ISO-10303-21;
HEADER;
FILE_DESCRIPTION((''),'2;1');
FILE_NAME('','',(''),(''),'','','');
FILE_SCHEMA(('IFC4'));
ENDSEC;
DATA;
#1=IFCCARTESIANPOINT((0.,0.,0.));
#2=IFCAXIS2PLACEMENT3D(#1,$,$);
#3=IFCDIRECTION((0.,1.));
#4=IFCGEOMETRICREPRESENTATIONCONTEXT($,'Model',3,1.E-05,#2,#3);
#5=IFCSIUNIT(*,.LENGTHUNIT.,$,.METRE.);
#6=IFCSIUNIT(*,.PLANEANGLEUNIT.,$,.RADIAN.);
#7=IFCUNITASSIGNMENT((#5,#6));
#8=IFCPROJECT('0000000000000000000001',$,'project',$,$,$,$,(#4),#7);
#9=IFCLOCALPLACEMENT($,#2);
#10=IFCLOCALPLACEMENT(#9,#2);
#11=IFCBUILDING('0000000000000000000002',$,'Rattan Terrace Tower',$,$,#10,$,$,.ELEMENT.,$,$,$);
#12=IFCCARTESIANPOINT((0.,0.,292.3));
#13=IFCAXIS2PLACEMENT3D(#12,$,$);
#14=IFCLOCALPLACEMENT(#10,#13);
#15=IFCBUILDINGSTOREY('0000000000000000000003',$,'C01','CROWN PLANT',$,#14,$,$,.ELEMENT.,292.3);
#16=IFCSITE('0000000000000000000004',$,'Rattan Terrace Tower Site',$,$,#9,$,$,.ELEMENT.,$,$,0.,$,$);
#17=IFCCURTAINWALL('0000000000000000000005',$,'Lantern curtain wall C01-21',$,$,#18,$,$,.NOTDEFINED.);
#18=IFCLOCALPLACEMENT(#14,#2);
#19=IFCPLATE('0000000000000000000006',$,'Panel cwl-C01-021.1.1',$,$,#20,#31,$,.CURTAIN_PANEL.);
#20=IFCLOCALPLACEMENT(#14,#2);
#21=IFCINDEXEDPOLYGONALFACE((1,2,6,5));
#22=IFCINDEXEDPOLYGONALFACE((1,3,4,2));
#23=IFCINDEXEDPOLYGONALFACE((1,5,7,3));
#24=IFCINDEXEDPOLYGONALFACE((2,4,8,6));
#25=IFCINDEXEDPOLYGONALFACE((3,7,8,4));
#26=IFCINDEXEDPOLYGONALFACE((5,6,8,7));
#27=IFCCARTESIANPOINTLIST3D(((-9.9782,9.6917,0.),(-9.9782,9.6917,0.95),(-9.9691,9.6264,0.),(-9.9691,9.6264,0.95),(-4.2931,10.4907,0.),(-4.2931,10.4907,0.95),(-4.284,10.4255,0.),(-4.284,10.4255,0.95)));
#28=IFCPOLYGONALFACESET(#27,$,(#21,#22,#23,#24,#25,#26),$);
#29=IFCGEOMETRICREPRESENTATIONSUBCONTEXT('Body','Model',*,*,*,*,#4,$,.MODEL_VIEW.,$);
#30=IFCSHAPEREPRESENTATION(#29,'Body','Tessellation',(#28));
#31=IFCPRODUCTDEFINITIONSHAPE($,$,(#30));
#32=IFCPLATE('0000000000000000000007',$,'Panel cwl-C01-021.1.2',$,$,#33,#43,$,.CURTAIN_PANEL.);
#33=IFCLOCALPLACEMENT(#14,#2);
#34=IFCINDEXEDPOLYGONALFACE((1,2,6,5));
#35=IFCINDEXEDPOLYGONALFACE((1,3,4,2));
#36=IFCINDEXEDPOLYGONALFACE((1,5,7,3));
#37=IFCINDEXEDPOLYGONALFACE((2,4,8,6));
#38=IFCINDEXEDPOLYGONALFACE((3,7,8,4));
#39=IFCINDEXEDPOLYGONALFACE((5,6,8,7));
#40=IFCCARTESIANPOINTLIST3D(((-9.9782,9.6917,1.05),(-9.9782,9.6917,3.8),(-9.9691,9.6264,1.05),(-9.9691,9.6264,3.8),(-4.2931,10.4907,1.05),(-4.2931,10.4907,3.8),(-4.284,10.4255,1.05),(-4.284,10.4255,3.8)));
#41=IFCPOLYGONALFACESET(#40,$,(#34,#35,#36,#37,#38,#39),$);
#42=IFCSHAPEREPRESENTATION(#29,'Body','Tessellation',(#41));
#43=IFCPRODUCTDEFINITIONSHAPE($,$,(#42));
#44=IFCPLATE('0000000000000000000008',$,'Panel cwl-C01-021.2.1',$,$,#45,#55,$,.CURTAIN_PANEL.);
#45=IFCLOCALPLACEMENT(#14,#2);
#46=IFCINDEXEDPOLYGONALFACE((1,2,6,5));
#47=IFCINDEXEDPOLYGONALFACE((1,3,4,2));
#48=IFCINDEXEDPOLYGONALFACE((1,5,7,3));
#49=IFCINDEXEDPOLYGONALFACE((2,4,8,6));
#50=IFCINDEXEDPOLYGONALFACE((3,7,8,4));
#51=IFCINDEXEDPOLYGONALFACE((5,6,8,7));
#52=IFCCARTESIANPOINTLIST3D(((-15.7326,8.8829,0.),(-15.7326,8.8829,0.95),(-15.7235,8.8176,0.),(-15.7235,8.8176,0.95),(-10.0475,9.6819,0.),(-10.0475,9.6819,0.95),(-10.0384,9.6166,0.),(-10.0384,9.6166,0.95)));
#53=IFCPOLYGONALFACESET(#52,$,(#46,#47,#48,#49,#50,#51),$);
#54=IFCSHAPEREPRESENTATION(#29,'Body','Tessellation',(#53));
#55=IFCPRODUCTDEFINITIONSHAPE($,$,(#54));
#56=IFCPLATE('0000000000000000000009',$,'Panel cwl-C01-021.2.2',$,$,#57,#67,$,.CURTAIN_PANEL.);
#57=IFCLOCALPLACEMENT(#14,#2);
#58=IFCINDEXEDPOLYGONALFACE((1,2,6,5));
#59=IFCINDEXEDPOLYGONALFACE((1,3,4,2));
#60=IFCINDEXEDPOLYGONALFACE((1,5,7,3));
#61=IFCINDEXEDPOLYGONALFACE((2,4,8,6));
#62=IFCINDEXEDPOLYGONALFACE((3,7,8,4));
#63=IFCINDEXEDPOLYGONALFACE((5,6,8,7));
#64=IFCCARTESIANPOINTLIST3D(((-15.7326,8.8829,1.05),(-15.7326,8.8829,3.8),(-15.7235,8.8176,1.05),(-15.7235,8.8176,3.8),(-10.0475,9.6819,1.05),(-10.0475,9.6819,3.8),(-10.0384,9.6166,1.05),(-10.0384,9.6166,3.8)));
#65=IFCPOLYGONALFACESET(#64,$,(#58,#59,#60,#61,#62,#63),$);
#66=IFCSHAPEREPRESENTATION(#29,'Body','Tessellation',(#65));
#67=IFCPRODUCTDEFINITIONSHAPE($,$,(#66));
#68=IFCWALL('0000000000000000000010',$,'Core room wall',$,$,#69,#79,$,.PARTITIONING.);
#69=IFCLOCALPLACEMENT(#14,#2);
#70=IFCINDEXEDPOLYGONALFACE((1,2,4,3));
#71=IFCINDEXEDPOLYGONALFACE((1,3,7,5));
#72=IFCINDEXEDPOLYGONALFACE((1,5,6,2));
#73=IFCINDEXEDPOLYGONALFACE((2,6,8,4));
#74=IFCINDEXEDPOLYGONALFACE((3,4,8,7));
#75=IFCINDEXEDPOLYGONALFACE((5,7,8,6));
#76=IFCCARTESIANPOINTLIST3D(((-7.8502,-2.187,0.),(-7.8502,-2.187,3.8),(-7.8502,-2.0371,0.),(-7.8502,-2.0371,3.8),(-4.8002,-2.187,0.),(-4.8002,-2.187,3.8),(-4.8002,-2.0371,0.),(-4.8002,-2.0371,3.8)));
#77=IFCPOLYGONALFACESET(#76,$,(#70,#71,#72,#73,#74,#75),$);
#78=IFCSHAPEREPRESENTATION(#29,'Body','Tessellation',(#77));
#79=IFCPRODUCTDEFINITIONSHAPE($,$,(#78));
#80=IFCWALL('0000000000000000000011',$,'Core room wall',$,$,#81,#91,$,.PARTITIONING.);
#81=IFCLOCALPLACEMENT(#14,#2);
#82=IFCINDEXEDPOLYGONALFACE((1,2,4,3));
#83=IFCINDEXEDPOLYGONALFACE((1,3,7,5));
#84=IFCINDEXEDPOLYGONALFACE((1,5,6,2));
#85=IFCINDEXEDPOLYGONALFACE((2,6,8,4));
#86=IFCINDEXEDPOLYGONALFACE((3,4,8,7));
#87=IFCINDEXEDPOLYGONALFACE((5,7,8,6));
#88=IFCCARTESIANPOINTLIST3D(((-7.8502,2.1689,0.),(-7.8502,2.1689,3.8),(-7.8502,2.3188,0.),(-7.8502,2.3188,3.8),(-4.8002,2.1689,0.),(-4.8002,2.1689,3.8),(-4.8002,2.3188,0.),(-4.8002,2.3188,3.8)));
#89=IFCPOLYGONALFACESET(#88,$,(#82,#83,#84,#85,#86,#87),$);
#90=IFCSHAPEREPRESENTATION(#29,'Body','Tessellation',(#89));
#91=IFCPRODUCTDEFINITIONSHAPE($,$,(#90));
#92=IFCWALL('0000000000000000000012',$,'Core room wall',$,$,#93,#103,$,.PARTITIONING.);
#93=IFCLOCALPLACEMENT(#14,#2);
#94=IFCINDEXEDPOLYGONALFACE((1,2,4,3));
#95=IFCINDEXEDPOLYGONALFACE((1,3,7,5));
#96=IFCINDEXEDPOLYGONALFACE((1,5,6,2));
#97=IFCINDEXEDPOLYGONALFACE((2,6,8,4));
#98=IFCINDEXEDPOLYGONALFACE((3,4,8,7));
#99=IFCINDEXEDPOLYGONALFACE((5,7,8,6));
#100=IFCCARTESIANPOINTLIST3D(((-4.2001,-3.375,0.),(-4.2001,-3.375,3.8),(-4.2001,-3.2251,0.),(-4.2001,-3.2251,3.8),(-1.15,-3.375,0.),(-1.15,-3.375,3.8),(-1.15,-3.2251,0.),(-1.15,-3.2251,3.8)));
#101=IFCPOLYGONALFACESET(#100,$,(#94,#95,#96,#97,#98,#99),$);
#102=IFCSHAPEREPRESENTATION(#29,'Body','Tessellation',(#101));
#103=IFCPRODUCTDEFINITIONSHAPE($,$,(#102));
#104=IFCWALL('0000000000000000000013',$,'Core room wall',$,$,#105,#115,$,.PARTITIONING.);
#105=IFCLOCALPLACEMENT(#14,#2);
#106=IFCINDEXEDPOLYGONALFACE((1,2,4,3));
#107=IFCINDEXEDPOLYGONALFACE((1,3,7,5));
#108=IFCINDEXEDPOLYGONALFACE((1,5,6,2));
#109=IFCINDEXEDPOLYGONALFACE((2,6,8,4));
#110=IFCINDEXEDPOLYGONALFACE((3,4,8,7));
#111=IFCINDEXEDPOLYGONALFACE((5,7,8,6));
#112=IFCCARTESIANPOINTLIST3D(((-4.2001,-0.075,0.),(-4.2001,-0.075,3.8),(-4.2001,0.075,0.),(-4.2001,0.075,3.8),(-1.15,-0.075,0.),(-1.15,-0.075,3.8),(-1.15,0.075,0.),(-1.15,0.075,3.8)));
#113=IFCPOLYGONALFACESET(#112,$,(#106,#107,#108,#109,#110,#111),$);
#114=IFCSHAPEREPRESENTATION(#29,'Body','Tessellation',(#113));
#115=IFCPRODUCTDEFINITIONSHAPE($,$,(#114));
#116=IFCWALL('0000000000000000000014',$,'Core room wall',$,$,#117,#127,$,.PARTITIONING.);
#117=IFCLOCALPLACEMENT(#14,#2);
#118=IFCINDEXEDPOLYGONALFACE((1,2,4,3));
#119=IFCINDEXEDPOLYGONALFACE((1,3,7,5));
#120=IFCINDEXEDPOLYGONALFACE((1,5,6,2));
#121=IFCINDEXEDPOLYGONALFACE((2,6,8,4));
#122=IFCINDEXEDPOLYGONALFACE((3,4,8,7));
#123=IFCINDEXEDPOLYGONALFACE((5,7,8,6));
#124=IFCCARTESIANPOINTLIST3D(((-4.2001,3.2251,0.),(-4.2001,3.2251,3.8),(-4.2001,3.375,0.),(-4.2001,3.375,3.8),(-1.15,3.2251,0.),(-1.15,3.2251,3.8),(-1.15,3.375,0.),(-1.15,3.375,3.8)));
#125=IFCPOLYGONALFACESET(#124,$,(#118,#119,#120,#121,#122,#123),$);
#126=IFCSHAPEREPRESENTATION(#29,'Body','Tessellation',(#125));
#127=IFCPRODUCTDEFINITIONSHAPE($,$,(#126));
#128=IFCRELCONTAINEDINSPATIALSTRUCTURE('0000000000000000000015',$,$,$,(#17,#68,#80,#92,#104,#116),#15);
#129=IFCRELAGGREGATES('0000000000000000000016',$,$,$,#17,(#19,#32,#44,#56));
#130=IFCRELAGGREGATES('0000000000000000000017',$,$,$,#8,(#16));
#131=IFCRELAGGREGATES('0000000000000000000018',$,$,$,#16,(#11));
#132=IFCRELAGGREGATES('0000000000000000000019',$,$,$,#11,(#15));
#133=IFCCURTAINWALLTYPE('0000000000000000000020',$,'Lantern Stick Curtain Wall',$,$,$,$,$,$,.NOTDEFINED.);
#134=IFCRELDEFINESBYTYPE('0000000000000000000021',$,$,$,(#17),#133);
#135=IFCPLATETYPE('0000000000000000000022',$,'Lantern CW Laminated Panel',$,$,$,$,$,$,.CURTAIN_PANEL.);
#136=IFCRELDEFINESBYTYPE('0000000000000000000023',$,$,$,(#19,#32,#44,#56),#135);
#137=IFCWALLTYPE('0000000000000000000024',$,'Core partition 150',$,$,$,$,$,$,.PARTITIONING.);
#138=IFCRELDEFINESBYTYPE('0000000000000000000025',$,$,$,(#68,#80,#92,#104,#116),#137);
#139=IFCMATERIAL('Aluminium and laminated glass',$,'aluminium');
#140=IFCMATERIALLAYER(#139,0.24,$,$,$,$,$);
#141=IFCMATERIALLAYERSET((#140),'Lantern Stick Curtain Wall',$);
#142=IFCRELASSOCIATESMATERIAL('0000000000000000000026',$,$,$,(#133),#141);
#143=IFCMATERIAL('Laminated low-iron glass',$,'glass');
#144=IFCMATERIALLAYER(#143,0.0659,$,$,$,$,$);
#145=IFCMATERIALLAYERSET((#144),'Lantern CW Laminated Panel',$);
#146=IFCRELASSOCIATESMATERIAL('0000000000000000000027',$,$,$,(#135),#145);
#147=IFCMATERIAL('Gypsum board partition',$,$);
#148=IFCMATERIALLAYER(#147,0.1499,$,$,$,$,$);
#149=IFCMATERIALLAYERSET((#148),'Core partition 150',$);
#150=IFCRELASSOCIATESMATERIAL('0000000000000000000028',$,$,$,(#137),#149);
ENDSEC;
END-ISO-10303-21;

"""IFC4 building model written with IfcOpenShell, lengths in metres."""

from ifc_helpers import new_model, si_unit, direction, frame, frame_2d, origin, origin_2d, place, context, subcontext, project, spatial, rectangle, extrude, material, layer, layer_set, type_object, element, aggregate, save


model = new_model("IFC4")

# Units and contexts
model_context = context("Model", 3, precision=1e-05, world=origin(), true_north=direction((0.0, 1.0)))
body_context = subcontext(model_context, "Body", "Model", "MODEL_VIEW")
ifc_project = project(units=[si_unit("LENGTHUNIT", "METRE"), si_unit("PLANEANGLEUNIT", "RADIAN")], contexts=[model_context])

# Site, building, storey
site_placement = place(None, origin())
site = spatial("IfcSite", under=ifc_project, at=site_placement, Name="Rattan Terrace Tower Site", CompositionType="ELEMENT", RefElevation=0.0)
building_placement = place(site_placement, origin())
building = spatial("IfcBuilding", under=site, at=building_placement, Name="Rattan Terrace Tower", CompositionType="ELEMENT")
storey_placement = place(building_placement, frame((0.0, 0.0, 292.3)))
storey = spatial("IfcBuildingStorey", under=building, at=storey_placement, Name="C01", Description="CROWN PLANT", CompositionType="ELEMENT", Elevation=292.3)

# Shared definitions
ifc_material_1 = material(Name="Aluminium and laminated glass", Category="aluminium")
ifc_layer_1 = layer(ifc_material_1, 0.24)
ifc_layer_set_1 = layer_set([ifc_layer_1], Name="Lantern Stick Curtain Wall")
curtain_wall_type = type_object("IfcCurtainWallType", Name="Lantern Stick Curtain Wall", PredefinedType="NOTDEFINED", material=ifc_layer_set_1)

# Curtain wall, plates
curtain_wall_1_placement = place(storey_placement, origin())
curtain_wall_1 = element("IfcCurtainWall", 1, at=curtain_wall_1_placement, inside=storey, type_object=curtain_wall_type, Name="Lantern curtain wall C01-21", PredefinedType="NOTDEFINED")
ifc_material_2 = material(Name="Laminated low-iron glass", Category="glass")
ifc_layer_2 = layer(ifc_material_2, 0.0659)
ifc_layer_set_2 = layer_set([ifc_layer_2], Name="Lantern CW Laminated Panel")
plate_type = type_object("IfcPlateType", Name="Lantern CW Laminated Panel", PredefinedType="CURTAIN_PANEL", material=ifc_layer_set_2)
plate_1_placement = place(storey_placement, frame((-7.1311, 10.0586, 0.0), z_axis=(0.0, 0.0, 1.0), x_axis=(-0.990267, -0.139181, 0.0)))
plate_1 = element("IfcPlate", 2, at=plate_1_placement, type_object=plate_type, Name="Panel cwl-C01-021.1.1", PredefinedType="CURTAIN_PANEL", context=body_context, shape_type="SweptSolid", body=[
    extrude(rectangle(XDim=5.741, YDim=0.0659, at=origin_2d()), origin(), (0.0, 0.0, 1.0), 0.95),
])
plate_2_placement = place(storey_placement, frame((-7.1311, 10.0586, 1.05), z_axis=(0.0, 0.0, 1.0), x_axis=(-0.990267, -0.139181, 0.0)))
plate_2 = element("IfcPlate", 3, at=plate_2_placement, type_object=plate_type, Name="Panel cwl-C01-021.1.2", PredefinedType="CURTAIN_PANEL", context=body_context, shape_type="SweptSolid", body=[
    extrude(rectangle(XDim=5.741, YDim=0.0659, at=origin_2d()), origin(), (0.0, 0.0, 1.0), 2.75),
])
plate_3_placement = place(storey_placement, frame((-12.8855, 9.2498, 0.0), z_axis=(0.0, 0.0, 1.0), x_axis=(-0.990267, -0.139181, 0.0)))
plate_3 = element("IfcPlate", 4, at=plate_3_placement, type_object=plate_type, Name="Panel cwl-C01-021.2.1", PredefinedType="CURTAIN_PANEL", context=body_context, shape_type="SweptSolid", body=[
    extrude(rectangle(XDim=5.741, YDim=0.0659, at=origin_2d()), origin(), (0.0, 0.0, 1.0), 0.95),
])
plate_4_placement = place(storey_placement, frame((-12.8855, 9.2498, 1.05), z_axis=(0.0, 0.0, 1.0), x_axis=(-0.990267, -0.139181, 0.0)))
plate_4 = element("IfcPlate", 5, at=plate_4_placement, type_object=plate_type, Name="Panel cwl-C01-021.2.2", PredefinedType="CURTAIN_PANEL", context=body_context, shape_type="SweptSolid", body=[
    extrude(rectangle(XDim=5.741, YDim=0.0659, at=origin_2d()), origin(), (0.0, 0.0, 1.0), 2.75),
])
aggregate(curtain_wall_1, [plate_1, plate_2, plate_3, plate_4])

# Walls
ifc_material_3 = material(Name="Gypsum board partition")
ifc_layer_3 = layer(ifc_material_3, 0.1499)
ifc_layer_set_3 = layer_set([ifc_layer_3], Name="Core partition 150")
wall_type_1 = type_object("IfcWallType", Name="Core partition 150", PredefinedType="PARTITIONING", material=ifc_layer_set_3)
for number, where, z_axis, x_axis, name in (
    (6, (-7.8501, -2.1121, 0.0), (0.0, 0.0, 1.0), (1.0, 0.0, 0.0), "Core room wall"),
    (7, (-7.8501, 2.2439, 0.0), (0.0, 0.0, 1.0), (1.0, 0.0, 0.0), "Core room wall"),
    (8, (-4.2, -3.3, 0.0), (0.0, 0.0, 1.0), (1.0, 0.0, 0.0), "Core room wall"),
    (9, (-4.2, 0.0, 0.0), (0.0, 0.0, 1.0), (1.0, 0.0, 0.0), "Core room wall"),
    (10, (-4.2, 3.3, 0.0), (0.0, 0.0, 1.0), (1.0, 0.0, 0.0), "Core room wall"),
):
    element("IfcWall", number, at=place(storey_placement, frame(where, z_axis=z_axis, x_axis=x_axis)), inside=storey, type_object=wall_type_1, Name=name, PredefinedType="PARTITIONING", context=body_context, shape_type="SweptSolid", body=[
        extrude(rectangle(XDim=3.05, YDim=0.1499, at=frame_2d((1.5249, 0.0))), origin(), (0.0, 0.0, 1.0), 3.8),
    ])

save(model, "model.ifc")
